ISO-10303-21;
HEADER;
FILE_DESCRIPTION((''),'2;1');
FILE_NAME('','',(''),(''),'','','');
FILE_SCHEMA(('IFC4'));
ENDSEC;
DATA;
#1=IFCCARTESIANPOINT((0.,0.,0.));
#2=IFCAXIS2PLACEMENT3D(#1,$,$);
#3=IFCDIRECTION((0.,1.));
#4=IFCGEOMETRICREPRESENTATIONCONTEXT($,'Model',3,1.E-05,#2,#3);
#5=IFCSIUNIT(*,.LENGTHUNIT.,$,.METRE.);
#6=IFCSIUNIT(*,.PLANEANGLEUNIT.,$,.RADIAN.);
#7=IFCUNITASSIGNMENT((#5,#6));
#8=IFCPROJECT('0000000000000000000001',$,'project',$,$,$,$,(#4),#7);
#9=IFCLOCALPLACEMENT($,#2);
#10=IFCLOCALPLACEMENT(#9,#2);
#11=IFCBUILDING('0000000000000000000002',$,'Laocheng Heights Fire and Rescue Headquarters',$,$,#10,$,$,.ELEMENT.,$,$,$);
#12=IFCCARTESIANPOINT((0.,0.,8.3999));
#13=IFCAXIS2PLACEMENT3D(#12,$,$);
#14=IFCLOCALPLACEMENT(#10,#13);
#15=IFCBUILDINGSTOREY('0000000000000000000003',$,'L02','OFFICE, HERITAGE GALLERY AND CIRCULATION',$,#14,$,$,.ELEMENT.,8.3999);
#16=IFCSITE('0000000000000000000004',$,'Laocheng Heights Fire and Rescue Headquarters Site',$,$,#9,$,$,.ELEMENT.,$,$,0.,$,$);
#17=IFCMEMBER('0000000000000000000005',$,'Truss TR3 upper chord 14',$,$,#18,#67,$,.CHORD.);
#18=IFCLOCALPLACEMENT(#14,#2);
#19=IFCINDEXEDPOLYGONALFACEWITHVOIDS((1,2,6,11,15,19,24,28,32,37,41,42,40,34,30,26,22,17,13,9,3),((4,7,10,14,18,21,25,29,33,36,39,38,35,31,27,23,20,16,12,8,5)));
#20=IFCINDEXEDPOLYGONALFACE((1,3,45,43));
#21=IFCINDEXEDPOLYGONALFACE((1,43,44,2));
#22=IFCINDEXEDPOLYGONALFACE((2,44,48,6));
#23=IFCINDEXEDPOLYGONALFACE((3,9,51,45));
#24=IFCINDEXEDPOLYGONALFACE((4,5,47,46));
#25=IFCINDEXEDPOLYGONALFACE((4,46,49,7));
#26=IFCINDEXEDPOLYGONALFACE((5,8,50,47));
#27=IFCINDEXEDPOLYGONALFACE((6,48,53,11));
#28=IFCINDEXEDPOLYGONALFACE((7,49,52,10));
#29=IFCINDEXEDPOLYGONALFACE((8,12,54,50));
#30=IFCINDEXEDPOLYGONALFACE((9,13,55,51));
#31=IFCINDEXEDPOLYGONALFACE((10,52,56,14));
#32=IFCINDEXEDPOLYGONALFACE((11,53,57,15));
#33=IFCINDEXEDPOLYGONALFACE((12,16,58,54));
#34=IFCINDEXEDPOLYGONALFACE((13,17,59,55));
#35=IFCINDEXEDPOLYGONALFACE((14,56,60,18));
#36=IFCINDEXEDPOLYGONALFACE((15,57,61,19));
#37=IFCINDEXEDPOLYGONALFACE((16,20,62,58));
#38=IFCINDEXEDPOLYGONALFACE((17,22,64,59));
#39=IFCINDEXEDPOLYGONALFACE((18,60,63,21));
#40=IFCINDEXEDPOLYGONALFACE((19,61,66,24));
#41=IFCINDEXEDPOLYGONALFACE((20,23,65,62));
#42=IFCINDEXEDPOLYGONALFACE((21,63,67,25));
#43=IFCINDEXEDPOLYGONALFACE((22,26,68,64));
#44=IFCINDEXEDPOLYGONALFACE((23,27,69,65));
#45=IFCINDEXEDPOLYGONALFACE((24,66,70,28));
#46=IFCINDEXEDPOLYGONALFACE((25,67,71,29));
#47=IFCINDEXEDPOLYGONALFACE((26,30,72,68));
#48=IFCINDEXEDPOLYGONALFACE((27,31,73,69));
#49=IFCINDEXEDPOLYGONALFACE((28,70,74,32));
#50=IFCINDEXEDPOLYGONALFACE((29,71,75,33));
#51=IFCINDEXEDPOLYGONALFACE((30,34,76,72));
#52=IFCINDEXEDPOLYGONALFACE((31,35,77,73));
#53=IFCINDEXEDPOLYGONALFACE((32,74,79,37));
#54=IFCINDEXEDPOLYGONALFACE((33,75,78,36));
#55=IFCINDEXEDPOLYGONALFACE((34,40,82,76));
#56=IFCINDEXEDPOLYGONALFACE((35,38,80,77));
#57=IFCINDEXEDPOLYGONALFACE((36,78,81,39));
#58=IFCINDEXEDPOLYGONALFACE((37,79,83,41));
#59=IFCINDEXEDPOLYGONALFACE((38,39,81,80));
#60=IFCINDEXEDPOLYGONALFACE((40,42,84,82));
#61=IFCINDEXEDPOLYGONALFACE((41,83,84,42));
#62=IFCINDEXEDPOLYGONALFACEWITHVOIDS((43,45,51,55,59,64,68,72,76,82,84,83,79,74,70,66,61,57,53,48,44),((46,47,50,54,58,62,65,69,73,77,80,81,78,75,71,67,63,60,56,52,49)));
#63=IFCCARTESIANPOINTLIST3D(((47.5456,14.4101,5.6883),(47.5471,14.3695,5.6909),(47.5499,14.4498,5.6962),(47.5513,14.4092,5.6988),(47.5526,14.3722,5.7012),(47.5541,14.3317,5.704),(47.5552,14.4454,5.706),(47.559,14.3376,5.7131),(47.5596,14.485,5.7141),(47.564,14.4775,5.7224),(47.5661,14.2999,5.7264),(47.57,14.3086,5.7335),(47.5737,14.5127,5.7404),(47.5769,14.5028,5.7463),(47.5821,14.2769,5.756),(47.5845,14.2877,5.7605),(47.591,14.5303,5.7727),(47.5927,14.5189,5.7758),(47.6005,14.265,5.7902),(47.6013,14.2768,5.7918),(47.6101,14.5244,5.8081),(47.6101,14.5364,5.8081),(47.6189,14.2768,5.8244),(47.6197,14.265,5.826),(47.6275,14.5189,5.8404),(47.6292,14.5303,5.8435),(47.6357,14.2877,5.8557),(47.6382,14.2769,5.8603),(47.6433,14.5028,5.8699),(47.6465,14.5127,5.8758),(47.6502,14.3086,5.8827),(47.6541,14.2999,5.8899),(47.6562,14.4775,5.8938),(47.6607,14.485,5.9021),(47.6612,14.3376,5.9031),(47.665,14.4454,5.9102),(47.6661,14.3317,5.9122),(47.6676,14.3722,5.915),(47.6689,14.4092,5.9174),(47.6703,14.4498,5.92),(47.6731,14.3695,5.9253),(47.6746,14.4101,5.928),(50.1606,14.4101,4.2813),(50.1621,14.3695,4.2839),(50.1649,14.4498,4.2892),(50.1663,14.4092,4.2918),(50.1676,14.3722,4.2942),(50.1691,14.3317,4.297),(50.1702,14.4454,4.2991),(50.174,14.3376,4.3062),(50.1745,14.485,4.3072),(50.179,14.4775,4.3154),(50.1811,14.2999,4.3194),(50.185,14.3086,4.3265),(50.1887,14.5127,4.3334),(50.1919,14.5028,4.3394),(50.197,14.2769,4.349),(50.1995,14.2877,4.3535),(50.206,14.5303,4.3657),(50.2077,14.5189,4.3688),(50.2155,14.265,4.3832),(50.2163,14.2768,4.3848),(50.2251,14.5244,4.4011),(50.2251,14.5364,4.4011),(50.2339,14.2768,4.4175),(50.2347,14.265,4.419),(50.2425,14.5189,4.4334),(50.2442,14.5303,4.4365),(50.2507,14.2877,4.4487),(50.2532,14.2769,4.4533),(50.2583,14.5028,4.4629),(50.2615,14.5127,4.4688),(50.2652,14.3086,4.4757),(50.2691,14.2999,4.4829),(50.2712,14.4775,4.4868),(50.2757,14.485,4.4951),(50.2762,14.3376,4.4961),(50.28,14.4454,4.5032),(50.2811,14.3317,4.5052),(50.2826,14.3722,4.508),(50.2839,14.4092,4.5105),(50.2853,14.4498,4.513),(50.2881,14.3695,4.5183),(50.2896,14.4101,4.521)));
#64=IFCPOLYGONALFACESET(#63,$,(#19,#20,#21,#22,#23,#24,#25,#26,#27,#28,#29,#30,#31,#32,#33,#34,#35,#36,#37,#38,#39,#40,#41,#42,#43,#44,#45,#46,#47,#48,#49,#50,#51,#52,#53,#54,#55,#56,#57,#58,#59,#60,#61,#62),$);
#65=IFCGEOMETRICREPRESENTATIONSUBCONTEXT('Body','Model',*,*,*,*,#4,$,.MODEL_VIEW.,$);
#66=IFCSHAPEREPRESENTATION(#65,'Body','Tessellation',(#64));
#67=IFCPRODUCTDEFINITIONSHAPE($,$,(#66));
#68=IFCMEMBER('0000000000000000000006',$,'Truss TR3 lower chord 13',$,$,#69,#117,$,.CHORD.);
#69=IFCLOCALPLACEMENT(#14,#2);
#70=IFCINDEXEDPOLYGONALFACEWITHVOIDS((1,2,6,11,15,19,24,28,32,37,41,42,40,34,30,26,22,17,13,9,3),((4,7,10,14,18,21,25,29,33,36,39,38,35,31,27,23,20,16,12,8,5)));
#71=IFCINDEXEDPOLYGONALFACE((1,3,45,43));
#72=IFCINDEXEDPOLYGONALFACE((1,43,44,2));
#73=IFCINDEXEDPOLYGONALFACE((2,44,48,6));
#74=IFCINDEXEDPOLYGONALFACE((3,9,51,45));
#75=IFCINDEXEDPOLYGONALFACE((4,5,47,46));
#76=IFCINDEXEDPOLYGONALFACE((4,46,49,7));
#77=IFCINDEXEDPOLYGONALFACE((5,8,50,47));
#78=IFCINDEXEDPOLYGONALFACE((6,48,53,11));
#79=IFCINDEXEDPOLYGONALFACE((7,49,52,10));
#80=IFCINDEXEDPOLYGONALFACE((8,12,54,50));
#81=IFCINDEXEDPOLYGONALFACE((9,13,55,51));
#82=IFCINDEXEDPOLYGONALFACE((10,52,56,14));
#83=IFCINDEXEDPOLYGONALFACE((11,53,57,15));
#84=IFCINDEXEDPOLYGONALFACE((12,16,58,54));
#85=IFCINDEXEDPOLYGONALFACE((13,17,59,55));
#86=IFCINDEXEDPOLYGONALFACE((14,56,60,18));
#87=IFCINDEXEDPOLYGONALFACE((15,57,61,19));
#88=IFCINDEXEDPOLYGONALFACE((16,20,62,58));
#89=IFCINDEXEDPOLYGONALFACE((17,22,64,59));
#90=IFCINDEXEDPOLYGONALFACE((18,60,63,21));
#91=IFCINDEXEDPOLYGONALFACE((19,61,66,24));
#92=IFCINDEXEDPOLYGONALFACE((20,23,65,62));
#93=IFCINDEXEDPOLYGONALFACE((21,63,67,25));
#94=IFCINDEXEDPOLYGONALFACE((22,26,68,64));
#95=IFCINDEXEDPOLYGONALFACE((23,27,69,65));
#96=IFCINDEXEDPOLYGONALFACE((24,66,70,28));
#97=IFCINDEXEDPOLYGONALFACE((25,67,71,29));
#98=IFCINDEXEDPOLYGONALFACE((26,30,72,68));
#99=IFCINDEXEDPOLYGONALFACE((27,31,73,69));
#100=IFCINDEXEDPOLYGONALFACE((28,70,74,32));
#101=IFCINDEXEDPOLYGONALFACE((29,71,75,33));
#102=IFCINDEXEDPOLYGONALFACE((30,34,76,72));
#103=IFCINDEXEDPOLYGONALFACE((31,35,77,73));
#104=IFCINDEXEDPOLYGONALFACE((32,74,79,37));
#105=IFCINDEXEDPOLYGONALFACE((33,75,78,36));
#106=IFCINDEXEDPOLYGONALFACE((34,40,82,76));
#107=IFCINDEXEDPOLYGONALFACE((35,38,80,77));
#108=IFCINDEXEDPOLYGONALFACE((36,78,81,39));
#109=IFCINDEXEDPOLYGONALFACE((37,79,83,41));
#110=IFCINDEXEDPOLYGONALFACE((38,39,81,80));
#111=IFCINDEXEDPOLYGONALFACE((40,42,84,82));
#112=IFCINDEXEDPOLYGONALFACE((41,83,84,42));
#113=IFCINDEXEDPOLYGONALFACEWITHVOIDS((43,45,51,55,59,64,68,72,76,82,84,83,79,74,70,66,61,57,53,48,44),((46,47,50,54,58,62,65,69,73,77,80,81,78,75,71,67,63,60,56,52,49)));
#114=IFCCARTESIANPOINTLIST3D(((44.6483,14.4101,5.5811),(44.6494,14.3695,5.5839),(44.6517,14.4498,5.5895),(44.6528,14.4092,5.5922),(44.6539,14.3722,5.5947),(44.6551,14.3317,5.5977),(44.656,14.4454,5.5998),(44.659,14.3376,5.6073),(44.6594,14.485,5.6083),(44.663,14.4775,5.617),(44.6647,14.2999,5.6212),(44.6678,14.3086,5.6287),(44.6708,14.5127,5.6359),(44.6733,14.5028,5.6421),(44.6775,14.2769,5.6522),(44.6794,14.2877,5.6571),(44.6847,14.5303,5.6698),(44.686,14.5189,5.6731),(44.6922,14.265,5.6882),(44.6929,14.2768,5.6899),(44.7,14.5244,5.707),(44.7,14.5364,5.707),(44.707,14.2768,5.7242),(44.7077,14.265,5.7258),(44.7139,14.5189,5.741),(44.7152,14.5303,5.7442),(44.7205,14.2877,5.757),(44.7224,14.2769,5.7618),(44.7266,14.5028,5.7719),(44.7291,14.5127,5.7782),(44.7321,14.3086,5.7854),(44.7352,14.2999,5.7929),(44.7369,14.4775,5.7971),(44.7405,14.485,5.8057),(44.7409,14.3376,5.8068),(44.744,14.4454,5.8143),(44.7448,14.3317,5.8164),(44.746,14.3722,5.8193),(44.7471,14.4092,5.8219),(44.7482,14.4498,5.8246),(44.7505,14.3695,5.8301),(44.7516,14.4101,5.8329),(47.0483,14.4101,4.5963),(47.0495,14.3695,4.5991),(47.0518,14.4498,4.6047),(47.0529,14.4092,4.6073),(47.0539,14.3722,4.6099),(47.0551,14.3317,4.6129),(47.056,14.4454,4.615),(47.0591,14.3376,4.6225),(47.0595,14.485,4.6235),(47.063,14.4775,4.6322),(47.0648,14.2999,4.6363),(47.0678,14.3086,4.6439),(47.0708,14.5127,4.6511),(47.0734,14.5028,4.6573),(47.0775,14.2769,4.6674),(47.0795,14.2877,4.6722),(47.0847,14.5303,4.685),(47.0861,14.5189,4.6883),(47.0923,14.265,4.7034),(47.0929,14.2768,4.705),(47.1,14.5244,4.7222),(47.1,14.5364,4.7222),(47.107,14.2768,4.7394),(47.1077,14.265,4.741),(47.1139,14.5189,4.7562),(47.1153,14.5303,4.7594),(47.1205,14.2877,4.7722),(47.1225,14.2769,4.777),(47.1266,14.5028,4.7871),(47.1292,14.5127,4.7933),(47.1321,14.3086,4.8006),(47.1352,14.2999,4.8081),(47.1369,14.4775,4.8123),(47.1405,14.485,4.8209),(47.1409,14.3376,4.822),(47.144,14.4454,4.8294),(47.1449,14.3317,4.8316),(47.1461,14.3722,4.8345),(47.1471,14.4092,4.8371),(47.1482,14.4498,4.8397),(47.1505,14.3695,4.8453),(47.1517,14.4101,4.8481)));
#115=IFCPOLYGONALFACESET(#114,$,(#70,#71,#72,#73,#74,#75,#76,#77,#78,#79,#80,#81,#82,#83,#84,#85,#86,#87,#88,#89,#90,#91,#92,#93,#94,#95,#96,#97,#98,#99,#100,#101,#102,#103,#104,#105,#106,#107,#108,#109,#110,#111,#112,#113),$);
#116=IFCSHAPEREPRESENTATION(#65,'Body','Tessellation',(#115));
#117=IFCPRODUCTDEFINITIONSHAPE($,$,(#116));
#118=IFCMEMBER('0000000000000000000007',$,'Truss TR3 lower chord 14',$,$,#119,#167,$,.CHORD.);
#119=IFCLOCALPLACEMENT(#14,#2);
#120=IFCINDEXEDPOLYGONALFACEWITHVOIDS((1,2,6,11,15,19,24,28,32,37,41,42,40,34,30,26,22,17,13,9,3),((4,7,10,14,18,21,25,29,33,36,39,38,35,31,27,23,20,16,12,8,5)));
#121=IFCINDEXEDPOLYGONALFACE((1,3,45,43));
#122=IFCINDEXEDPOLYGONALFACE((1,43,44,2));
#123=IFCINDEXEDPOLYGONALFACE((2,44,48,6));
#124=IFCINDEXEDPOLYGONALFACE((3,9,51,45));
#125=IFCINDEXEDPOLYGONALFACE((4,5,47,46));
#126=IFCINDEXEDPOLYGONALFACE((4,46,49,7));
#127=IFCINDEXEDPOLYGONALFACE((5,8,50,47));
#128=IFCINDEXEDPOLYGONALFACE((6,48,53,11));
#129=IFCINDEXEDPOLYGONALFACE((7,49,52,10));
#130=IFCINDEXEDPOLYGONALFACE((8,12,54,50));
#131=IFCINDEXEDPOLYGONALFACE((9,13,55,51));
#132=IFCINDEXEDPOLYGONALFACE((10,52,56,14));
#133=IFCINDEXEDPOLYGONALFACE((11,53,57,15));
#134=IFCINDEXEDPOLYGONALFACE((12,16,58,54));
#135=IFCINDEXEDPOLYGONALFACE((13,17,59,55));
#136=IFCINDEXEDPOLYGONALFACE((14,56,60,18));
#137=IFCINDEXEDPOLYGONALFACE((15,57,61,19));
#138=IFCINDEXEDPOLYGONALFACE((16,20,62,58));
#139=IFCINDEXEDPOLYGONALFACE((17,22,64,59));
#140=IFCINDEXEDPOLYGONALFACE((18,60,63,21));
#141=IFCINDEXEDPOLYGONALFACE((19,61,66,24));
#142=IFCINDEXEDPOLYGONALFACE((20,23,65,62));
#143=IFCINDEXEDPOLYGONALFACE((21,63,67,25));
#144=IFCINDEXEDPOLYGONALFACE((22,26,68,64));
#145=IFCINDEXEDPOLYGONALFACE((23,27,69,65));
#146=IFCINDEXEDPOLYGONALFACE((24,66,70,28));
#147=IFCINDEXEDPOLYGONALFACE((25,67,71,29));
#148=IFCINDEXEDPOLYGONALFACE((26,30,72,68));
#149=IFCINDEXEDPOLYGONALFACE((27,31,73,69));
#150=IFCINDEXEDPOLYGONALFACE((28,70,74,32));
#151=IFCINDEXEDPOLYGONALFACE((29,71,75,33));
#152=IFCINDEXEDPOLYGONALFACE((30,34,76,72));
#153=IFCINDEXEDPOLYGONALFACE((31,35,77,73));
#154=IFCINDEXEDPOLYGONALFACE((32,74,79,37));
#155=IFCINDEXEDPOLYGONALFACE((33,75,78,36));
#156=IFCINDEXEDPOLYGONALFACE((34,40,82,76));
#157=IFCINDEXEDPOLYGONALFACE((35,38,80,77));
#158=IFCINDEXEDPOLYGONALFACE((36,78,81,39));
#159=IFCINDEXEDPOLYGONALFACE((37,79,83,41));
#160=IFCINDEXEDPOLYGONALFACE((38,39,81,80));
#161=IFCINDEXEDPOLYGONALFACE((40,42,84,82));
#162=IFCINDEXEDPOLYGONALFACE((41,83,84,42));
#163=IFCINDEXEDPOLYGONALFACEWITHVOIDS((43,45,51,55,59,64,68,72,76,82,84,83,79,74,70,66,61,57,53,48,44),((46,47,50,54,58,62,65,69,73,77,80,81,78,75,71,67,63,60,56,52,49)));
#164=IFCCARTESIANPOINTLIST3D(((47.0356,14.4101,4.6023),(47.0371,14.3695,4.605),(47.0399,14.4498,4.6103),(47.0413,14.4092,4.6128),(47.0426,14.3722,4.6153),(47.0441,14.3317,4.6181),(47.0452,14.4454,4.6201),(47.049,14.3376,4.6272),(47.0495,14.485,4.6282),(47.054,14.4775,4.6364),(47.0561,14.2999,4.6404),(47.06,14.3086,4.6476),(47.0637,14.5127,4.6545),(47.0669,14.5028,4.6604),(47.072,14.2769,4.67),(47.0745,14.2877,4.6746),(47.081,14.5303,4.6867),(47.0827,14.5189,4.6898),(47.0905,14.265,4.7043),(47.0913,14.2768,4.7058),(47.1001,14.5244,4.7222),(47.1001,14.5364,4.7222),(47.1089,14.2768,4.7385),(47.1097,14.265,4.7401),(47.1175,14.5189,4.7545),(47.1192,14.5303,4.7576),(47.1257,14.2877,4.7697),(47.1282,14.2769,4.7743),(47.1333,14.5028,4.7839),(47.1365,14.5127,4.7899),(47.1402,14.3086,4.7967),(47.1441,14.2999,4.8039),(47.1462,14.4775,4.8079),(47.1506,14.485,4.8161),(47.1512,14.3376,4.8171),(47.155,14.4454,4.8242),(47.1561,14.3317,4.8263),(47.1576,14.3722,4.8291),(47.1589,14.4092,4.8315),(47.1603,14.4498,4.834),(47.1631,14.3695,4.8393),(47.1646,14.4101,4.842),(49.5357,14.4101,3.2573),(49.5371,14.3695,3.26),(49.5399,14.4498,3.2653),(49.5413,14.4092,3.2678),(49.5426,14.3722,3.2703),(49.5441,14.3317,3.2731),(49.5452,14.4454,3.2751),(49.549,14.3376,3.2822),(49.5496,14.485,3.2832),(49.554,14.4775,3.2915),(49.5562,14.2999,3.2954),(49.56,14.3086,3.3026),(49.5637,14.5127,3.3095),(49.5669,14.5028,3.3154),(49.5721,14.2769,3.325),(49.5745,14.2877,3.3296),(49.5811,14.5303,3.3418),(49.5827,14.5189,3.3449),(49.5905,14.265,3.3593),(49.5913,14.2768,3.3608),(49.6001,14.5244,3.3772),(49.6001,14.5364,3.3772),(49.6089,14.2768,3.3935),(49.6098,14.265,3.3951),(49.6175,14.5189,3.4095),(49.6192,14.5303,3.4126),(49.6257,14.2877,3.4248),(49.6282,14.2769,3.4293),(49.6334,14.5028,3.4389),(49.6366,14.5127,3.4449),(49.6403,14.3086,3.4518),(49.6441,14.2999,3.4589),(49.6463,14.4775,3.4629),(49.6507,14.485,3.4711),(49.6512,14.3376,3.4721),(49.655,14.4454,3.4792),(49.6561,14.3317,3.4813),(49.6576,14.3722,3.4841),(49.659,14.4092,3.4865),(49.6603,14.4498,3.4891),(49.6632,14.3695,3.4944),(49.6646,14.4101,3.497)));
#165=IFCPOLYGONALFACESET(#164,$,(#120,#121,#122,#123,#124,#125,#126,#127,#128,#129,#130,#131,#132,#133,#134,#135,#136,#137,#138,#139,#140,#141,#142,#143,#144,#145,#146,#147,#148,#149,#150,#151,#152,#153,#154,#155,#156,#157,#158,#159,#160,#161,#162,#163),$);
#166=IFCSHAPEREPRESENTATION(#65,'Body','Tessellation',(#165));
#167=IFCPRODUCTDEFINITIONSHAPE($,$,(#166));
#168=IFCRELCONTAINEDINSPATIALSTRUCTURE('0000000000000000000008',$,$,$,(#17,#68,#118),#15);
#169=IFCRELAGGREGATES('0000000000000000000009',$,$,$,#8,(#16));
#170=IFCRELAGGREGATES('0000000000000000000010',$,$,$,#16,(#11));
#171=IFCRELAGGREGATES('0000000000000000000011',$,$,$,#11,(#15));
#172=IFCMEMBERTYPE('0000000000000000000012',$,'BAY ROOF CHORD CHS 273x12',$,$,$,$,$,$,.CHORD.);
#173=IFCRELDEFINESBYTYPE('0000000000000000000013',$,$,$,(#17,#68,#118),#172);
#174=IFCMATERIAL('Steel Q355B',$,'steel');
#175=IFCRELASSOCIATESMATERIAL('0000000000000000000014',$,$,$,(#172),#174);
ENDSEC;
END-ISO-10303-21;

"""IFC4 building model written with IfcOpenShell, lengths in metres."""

from ifc_helpers import new_model, si_unit, direction, frame, origin, origin_2d, place, context, subcontext, project, spatial, hollow_circle, extrude, material, material_profile, profile_set, type_object, element, save


model = new_model("IFC4")

# Units and contexts
model_context = context("Model", 3, precision=1e-05, world=origin(), true_north=direction((0.0, 1.0)))
body_context = subcontext(model_context, "Body", "Model", "MODEL_VIEW")
ifc_project = project(units=[si_unit("LENGTHUNIT", "METRE"), si_unit("PLANEANGLEUNIT", "RADIAN")], contexts=[model_context])

# Site, building, storey
site_placement = place(None, origin())
site = spatial("IfcSite", under=ifc_project, at=site_placement, Name="Laocheng Heights Fire and Rescue Headquarters Site", CompositionType="ELEMENT", RefElevation=0.0)
building_placement = place(site_placement, origin())
building = spatial("IfcBuilding", under=site, at=building_placement, Name="Laocheng Heights Fire and Rescue Headquarters", CompositionType="ELEMENT")
storey_placement = place(building_placement, frame((0.0, 0.0, 8.3999)))
storey = spatial("IfcBuildingStorey", under=building, at=storey_placement, Name="L02", Description="OFFICE, HERITAGE GALLERY AND CIRCULATION", CompositionType="ELEMENT", Elevation=8.3999)

# Members
ifc_material_1 = material(Name="Steel Q355B", Category="steel")
ifc_material_profile_1 = material_profile(ifc_material_1, hollow_circle(Radius=0.1365, WallThickness=0.012, at=origin_2d()), Name="CHS 273x12")
ifc_profile_set_1 = profile_set([ifc_material_profile_1], Name="Steel Q355B")
member_type_1 = type_object("IfcMemberType", Name="BAY ROOF CHORD CHS 273x12", PredefinedType="CHORD", material=ifc_profile_set_1)
member_1_placement = place(storey_placement, frame((47.6101, 14.3999, 5.8081), z_axis=(0.880624, 0.0, -0.473815), x_axis=(0.0, 1.0, 0.0)))
element("IfcMember", 1, at=member_1_placement, inside=storey, type_object=member_type_1, Name="Truss TR3 upper chord 14", PredefinedType="CHORD", context=body_context, shape_type="SweptSolid", body=[
    extrude(hollow_circle(Radius=0.1365, WallThickness=0.012, at=origin_2d()), origin(), (0.0, 0.0, 1.0), 2.9695),
])
member_2_placement = place(storey_placement, frame((44.7, 14.3999, 5.707), z_axis=(0.925143, 0.0, -0.379618), x_axis=(0.0, 1.0, 0.0)))
element("IfcMember", 2, at=member_2_placement, inside=storey, type_object=member_type_1, Name="Truss TR3 lower chord 13", PredefinedType="CHORD", context=body_context, shape_type="SweptSolid", body=[
    extrude(hollow_circle(Radius=0.1365, WallThickness=0.012, at=origin_2d()), origin(), (0.0, 0.0, 1.0), 2.5942),
])
member_3_placement = place(storey_placement, frame((47.1001, 14.3999, 4.7222), z_axis=(0.880645, 0.0, -0.473777), x_axis=(0.0, 1.0, 0.0)))
element("IfcMember", 3, at=member_3_placement, inside=storey, type_object=member_type_1, Name="Truss TR3 lower chord 14", PredefinedType="CHORD", context=body_context, shape_type="SweptSolid", body=[
    extrude(hollow_circle(Radius=0.1365, WallThickness=0.012, at=origin_2d()), origin(), (0.0, 0.0, 1.0), 2.8389),
])

save(model, "model.ifc")
